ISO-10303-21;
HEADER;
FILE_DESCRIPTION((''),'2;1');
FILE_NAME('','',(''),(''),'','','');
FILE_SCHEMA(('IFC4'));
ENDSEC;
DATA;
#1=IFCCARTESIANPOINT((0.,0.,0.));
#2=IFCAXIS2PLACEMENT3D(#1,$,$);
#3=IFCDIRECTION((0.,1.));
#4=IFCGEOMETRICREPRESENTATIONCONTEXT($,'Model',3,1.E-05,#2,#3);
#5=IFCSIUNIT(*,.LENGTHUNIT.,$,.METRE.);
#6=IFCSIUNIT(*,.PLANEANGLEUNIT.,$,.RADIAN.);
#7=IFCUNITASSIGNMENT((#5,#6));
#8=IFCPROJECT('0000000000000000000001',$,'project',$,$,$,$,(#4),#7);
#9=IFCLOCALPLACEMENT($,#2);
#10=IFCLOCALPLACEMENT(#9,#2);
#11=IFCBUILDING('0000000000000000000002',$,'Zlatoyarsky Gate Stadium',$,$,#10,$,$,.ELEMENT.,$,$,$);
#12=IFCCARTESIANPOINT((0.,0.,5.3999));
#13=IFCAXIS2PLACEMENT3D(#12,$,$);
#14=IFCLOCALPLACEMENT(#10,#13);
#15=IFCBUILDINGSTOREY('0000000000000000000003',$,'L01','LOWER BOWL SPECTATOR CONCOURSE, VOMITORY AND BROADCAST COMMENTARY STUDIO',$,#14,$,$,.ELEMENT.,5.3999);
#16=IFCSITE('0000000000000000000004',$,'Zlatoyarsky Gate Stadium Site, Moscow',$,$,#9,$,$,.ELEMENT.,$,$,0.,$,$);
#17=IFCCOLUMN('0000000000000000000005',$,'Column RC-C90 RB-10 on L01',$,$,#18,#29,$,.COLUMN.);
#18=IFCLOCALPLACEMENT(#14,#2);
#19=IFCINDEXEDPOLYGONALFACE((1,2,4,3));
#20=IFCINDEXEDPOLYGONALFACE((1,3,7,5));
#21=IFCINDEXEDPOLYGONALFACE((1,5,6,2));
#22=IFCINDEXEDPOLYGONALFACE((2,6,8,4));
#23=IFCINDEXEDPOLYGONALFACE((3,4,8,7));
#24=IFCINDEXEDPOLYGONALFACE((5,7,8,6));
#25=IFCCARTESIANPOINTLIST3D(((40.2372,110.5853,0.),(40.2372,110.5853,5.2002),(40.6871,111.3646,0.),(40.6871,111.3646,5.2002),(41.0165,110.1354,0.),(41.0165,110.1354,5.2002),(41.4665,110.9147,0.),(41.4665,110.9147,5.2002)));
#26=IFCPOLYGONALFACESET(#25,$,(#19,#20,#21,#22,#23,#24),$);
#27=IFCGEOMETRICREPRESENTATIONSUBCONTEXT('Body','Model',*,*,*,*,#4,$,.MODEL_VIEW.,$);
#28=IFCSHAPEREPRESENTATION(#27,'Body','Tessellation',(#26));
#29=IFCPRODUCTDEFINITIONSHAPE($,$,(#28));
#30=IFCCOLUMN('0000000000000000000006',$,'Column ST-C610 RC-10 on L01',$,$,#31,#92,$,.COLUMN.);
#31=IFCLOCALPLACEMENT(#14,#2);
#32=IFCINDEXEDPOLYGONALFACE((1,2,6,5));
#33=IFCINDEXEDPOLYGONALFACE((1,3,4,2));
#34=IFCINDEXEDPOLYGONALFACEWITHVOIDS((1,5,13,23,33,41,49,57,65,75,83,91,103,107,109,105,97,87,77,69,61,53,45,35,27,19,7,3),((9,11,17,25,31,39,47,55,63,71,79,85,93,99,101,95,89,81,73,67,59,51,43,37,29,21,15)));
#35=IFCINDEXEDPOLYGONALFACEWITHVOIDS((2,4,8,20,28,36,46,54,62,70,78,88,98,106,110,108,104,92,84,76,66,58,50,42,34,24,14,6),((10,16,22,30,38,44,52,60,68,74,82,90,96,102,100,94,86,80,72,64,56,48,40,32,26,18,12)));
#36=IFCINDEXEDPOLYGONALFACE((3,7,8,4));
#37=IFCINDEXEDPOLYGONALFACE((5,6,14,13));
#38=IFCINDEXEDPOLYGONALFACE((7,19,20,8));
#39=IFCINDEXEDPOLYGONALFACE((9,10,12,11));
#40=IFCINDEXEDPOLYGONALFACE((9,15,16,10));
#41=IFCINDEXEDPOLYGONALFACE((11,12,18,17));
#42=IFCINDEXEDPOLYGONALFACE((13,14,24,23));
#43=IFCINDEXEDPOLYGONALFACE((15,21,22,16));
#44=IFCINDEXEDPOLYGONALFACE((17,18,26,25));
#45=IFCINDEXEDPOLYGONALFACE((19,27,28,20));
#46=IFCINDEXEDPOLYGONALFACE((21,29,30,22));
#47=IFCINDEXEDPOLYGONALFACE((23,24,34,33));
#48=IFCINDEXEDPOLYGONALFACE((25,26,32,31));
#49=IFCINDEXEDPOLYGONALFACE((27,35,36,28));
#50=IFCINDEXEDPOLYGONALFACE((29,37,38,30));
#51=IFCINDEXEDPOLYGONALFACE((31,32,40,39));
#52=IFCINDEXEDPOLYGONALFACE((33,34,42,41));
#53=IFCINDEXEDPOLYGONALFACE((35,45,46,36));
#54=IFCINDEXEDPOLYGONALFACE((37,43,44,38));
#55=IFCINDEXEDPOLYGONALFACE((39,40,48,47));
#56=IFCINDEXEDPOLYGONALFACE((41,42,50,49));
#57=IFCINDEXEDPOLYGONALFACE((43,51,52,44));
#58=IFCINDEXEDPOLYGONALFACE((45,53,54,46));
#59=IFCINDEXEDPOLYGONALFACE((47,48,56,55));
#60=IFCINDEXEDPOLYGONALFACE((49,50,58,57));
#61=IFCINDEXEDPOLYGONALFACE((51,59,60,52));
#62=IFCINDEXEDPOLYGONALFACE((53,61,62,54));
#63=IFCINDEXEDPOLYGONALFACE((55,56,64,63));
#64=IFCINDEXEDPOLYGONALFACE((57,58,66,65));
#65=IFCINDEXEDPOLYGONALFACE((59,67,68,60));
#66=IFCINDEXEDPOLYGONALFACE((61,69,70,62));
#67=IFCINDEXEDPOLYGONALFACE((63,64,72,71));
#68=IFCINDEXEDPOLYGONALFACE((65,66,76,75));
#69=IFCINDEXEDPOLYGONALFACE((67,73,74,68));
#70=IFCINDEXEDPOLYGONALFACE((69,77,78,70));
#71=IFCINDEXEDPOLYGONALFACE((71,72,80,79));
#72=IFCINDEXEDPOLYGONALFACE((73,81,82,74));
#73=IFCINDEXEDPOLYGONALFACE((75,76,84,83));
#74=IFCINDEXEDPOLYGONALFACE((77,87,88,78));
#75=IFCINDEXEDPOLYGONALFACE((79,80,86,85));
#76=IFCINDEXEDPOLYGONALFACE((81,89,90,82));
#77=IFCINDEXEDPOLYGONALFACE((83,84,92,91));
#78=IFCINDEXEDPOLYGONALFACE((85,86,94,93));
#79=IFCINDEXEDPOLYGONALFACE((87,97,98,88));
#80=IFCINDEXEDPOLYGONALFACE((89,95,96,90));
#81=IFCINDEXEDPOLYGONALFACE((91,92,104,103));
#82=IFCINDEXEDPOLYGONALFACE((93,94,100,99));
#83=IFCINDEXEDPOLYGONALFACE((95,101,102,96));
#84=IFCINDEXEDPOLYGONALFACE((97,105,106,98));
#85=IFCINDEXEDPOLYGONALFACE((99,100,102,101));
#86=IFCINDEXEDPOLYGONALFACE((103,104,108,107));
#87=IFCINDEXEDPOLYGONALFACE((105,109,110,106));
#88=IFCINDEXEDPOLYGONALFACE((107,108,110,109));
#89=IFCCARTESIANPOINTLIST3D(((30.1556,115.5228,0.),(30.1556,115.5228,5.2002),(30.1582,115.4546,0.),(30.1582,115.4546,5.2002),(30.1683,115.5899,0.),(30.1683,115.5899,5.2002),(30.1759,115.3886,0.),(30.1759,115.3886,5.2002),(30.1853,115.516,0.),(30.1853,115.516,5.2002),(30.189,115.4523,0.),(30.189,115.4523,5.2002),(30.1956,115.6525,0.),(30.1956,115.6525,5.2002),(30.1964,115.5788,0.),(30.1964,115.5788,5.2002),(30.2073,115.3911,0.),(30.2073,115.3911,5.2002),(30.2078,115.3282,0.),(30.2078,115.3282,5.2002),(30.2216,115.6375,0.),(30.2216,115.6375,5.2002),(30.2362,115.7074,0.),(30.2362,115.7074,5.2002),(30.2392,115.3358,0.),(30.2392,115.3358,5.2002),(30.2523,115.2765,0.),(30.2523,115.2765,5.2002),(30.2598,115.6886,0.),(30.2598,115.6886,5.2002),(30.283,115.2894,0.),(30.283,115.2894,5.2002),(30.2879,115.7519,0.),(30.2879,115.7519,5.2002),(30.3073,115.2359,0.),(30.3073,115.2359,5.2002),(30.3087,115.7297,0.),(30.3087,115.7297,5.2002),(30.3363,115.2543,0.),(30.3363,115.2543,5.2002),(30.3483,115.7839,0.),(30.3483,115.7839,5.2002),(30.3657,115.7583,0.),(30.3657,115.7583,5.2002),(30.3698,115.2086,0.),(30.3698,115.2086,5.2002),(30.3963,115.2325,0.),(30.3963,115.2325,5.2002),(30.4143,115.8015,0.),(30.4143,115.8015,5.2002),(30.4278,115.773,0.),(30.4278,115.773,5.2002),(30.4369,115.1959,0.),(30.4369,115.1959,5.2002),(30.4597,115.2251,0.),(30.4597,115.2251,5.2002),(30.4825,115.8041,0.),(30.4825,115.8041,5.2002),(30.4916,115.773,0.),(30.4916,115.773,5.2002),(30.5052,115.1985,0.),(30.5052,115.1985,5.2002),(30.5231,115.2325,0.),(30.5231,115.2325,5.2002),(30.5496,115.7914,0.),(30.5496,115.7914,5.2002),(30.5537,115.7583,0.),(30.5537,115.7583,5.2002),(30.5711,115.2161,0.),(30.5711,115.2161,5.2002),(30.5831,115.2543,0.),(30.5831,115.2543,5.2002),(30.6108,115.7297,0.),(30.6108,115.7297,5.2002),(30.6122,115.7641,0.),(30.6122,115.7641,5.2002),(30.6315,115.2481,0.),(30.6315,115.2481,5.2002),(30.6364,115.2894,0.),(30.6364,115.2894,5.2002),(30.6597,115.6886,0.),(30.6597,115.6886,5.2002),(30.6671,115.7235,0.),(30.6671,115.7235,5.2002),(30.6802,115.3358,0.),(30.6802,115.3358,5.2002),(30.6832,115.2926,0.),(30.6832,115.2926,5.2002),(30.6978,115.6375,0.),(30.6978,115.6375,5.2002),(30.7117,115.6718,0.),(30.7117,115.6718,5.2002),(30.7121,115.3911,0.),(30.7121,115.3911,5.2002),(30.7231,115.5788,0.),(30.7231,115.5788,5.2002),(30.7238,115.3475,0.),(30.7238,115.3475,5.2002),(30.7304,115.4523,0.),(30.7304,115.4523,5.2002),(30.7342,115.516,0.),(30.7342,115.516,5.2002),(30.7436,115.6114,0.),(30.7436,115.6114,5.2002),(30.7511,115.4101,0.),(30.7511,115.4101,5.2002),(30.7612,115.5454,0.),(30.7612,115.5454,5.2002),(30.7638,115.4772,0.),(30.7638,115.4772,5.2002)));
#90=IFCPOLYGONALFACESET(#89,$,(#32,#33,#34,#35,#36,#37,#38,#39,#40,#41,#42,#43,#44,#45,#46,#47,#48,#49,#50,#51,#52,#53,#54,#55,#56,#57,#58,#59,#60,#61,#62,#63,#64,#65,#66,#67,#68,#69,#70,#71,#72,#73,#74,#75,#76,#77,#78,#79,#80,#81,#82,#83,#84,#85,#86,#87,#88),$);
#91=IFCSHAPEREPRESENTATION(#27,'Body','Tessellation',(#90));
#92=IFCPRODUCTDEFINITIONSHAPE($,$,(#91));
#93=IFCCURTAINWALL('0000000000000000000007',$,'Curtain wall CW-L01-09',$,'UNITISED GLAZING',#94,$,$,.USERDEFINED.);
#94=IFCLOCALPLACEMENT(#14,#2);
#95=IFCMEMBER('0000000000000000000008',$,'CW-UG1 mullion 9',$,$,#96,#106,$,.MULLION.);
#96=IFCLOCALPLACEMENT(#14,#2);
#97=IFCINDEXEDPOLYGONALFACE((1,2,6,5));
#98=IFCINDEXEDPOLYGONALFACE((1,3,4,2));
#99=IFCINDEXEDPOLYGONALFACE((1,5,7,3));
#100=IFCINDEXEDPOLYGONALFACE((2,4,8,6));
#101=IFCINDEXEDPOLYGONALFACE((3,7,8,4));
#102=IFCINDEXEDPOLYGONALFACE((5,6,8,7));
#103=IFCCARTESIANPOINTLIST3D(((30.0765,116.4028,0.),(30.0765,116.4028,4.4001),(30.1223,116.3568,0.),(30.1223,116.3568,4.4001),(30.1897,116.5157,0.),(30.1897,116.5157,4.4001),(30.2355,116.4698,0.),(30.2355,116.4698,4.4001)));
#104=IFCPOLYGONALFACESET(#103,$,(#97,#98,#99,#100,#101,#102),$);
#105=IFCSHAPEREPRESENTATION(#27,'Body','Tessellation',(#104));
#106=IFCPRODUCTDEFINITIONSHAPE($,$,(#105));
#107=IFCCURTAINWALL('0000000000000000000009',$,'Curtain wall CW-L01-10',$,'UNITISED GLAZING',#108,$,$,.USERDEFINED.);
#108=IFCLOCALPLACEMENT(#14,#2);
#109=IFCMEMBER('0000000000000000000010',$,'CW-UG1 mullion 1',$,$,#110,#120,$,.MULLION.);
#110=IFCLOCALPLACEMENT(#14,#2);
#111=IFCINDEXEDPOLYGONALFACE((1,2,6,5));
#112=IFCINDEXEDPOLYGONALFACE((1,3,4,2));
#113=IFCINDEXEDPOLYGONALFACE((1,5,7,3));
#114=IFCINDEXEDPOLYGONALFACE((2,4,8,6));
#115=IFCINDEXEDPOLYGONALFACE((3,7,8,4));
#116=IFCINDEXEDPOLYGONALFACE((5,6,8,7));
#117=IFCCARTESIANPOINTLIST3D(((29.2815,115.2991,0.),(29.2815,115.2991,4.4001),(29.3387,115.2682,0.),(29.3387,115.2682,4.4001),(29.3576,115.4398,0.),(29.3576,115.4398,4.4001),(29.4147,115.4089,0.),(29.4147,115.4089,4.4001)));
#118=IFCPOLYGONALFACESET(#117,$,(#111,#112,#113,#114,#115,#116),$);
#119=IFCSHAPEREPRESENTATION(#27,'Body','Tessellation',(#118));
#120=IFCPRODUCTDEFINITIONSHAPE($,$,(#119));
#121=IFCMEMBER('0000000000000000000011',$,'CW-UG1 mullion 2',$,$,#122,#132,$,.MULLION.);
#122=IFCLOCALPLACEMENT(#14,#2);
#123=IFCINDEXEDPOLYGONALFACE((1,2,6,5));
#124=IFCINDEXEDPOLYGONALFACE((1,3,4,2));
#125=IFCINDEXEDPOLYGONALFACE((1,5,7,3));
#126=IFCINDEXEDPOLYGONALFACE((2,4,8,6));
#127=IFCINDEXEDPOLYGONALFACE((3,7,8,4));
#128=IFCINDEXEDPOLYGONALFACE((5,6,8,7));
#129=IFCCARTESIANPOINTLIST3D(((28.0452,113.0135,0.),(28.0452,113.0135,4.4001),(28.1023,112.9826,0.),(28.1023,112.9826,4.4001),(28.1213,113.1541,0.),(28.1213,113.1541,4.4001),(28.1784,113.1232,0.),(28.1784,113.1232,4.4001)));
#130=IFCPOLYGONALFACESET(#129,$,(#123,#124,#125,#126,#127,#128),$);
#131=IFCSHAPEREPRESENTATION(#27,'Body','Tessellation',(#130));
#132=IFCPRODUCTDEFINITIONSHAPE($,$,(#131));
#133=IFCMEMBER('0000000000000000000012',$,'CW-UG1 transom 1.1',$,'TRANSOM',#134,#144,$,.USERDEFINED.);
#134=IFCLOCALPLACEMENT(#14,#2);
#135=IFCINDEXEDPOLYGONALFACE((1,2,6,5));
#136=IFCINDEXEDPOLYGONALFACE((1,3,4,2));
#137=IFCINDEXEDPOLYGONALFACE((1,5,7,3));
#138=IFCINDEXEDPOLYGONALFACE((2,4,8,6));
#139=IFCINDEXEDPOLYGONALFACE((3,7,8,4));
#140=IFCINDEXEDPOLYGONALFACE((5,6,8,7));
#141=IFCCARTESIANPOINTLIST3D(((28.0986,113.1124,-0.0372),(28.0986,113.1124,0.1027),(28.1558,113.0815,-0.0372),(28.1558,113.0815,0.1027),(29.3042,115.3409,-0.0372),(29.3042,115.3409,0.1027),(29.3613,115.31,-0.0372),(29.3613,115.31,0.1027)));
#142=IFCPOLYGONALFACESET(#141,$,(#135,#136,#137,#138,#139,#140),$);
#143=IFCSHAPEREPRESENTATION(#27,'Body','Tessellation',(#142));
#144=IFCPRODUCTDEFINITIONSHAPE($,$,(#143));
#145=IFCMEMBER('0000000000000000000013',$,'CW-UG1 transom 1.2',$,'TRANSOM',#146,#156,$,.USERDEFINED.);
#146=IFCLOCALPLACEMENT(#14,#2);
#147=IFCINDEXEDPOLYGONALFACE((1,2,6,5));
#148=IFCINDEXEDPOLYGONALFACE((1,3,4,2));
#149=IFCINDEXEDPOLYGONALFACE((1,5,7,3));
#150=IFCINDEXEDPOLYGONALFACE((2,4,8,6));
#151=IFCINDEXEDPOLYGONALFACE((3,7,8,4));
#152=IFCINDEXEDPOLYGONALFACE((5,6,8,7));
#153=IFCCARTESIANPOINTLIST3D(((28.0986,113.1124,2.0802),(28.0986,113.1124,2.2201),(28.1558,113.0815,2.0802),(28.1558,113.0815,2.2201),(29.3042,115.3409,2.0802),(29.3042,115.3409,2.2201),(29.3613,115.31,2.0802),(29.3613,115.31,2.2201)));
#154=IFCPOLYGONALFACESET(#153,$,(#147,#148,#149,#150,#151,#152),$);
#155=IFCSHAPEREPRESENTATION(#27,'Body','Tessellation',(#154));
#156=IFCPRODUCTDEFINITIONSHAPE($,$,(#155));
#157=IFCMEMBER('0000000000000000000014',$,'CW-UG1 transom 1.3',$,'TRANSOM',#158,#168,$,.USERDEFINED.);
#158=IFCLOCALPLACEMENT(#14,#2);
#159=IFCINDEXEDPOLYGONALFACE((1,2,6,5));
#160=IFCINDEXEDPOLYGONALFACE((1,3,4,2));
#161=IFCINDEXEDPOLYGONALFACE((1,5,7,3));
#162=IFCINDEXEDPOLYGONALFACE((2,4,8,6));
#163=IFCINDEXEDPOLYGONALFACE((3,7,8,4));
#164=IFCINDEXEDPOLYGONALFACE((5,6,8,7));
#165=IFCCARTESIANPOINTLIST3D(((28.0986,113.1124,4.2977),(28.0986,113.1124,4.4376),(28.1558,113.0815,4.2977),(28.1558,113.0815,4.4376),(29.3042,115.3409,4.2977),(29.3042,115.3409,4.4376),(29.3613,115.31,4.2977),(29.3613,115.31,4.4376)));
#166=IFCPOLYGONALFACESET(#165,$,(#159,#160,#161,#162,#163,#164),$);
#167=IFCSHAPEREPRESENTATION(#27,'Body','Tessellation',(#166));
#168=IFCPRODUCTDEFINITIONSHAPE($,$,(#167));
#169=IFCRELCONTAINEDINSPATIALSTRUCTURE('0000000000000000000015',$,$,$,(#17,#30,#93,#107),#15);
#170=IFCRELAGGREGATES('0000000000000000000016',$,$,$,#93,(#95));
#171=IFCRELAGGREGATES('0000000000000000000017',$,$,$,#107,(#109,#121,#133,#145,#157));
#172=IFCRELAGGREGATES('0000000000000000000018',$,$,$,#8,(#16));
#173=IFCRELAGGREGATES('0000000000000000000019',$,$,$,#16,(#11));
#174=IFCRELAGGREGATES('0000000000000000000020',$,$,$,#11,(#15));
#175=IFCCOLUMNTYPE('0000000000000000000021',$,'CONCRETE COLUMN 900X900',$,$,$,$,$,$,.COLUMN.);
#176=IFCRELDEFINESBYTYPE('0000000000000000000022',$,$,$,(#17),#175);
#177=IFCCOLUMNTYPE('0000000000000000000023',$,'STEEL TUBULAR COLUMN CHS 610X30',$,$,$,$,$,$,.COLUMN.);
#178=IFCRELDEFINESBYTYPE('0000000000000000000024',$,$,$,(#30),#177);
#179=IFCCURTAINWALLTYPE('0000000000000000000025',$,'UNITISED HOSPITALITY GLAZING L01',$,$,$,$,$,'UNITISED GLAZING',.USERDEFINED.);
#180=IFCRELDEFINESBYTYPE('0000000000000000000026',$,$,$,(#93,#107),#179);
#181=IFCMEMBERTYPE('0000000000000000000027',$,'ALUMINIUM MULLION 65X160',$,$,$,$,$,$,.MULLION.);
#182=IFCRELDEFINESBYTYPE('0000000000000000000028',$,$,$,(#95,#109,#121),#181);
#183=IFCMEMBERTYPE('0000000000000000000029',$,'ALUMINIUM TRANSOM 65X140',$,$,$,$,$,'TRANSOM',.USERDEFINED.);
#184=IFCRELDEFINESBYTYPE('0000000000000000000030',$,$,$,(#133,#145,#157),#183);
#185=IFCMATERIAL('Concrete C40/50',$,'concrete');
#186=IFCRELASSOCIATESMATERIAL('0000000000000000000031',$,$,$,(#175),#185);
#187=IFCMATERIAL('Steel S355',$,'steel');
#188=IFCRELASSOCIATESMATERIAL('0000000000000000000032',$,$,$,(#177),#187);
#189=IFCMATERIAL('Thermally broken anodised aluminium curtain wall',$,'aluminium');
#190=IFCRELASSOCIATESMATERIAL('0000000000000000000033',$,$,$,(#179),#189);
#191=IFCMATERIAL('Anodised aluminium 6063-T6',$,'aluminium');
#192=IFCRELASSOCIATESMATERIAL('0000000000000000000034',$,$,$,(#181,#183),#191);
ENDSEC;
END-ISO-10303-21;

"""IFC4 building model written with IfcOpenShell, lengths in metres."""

from ifc_helpers import new_model, si_unit, direction, frame, origin, origin_2d, place, context, subcontext, project, spatial, rectangle, hollow_circle, extrude, material, material_profile, profile_set, type_object, element, aggregate, save


model = new_model("IFC4")

# Units and contexts
model_context = context("Model", 3, precision=1e-05, world=origin(), true_north=direction((0.0, 1.0)))
body_context = subcontext(model_context, "Body", "Model", "MODEL_VIEW")
ifc_project = project(units=[si_unit("LENGTHUNIT", "METRE"), si_unit("PLANEANGLEUNIT", "RADIAN")], contexts=[model_context])

# Site, building, storey
site_placement = place(None, origin())
site = spatial("IfcSite", under=ifc_project, at=site_placement, Name="Zlatoyarsky Gate Stadium Site, Moscow", CompositionType="ELEMENT", RefElevation=0.0)
building_placement = place(site_placement, origin())
building = spatial("IfcBuilding", under=site, at=building_placement, Name="Zlatoyarsky Gate Stadium", CompositionType="ELEMENT")
storey_placement = place(building_placement, frame((0.0, 0.0, 5.3999)))
storey = spatial("IfcBuildingStorey", under=building, at=storey_placement, Name="L01", Description="LOWER BOWL SPECTATOR CONCOURSE, VOMITORY AND BROADCAST COMMENTARY STUDIO", CompositionType="ELEMENT", Elevation=5.3999)

# Columns
ifc_material_1 = material(Name="Concrete C40/50", Category="concrete")
ifc_material_profile_1 = material_profile(ifc_material_1, rectangle(XDim=0.8999, YDim=0.8999, at=origin_2d()), Name="RC COL 900X900")
ifc_profile_set_1 = profile_set([ifc_material_profile_1], Name="Concrete C40/50")
column_type_1 = type_object("IfcColumnType", Name="CONCRETE COLUMN 900X900", PredefinedType="COLUMN", material=ifc_profile_set_1)
column_1_placement = place(storey_placement, frame((40.8518, 110.75, 0.0), z_axis=(0.0, 0.0, 1.0), x_axis=(-0.866025, 0.5, 0.0)))
element("IfcColumn", 1, at=column_1_placement, inside=storey, type_object=column_type_1, Name="Column RC-C90 RB-10 on L01", PredefinedType="COLUMN", context=body_context, shape_type="SweptSolid", body=[
    extrude(rectangle(XDim=0.8999, YDim=0.8999, at=origin_2d()), origin(), (0.0, 0.0, 1.0), 5.2002),
])
ifc_material_2 = material(Name="Steel S355", Category="steel")
ifc_material_profile_2 = material_profile(ifc_material_2, hollow_circle(Radius=0.3049, WallThickness=0.03, at=origin_2d()), Name="CHS 610X30")
ifc_profile_set_2 = profile_set([ifc_material_profile_2], Name="Steel S355")
column_type_2 = type_object("IfcColumnType", Name="STEEL TUBULAR COLUMN CHS 610X30", PredefinedType="COLUMN", material=ifc_profile_set_2)
column_2_placement = place(storey_placement, frame((30.4597, 115.5, 0.0), z_axis=(0.0, 0.0, 1.0), x_axis=(-0.866025, 0.5, 0.0)))
element("IfcColumn", 2, at=column_2_placement, inside=storey, type_object=column_type_2, Name="Column ST-C610 RC-10 on L01", PredefinedType="COLUMN", context=body_context, shape_type="SweptSolid", body=[
    extrude(hollow_circle(Radius=0.3049, WallThickness=0.03, at=origin_2d()), origin(), (0.0, 0.0, 1.0), 5.2002),
])

# Curtain wall, member
ifc_material_3 = material(Name="Thermally broken anodised aluminium curtain wall", Category="aluminium")
curtain_wall_type = type_object("IfcCurtainWallType", Name="UNITISED HOSPITALITY GLAZING L01", ElementType="UNITISED GLAZING", PredefinedType="USERDEFINED", material=ifc_material_3)
curtain_wall_1_placement = place(storey_placement, origin())
curtain_wall_1 = element("IfcCurtainWall", 3, at=curtain_wall_1_placement, inside=storey, type_object=curtain_wall_type, Name="Curtain wall CW-L01-09", ObjectType="UNITISED GLAZING", PredefinedType="USERDEFINED")
ifc_material_4 = material(Name="Anodised aluminium 6063-T6", Category="aluminium")
ifc_material_profile_3 = material_profile(ifc_material_4, rectangle(XDim=0.0649, YDim=0.1599, at=origin_2d()), Name="ALU 65X160")
ifc_profile_set_3 = profile_set([ifc_material_profile_3], Name="Anodised aluminium 6063-T6")
member_type_1 = type_object("IfcMemberType", Name="ALUMINIUM MULLION 65X160", PredefinedType="MULLION", material=ifc_profile_set_3)
member_1_placement = place(storey_placement, frame((30.156, 116.4363, 0.0), z_axis=(0.0, 0.0, 1.0), x_axis=(0.706371, -0.707842, 0.0)))
member_1 = element("IfcMember", 4, at=member_1_placement, type_object=member_type_1, Name="CW-UG1 mullion 9", PredefinedType="MULLION", context=body_context, shape_type="SweptSolid", body=[
    extrude(rectangle(XDim=0.0649, YDim=0.1599, at=origin_2d()), origin(), (0.0, 0.0, 1.0), 4.4001),
])
aggregate(curtain_wall_1, [member_1])

# Curtain wall, members
curtain_wall_2_placement = place(storey_placement, origin())
curtain_wall_2 = element("IfcCurtainWall", 5, at=curtain_wall_2_placement, inside=storey, type_object=curtain_wall_type, Name="Curtain wall CW-L01-10", ObjectType="UNITISED GLAZING", PredefinedType="USERDEFINED")
member_2_placement = place(storey_placement, frame((29.3481, 115.354, 0.0), z_axis=(0.0, 0.0, 1.0), x_axis=(0.879562, -0.475784, 0.0)))
member_2 = element("IfcMember", 6, at=member_2_placement, type_object=member_type_1, Name="CW-UG1 mullion 1", PredefinedType="MULLION", context=body_context, shape_type="SweptSolid", body=[
    extrude(rectangle(XDim=0.0649, YDim=0.1599, at=origin_2d()), origin(), (0.0, 0.0, 1.0), 4.4001),
])
member_3_placement = place(storey_placement, frame((28.1118, 113.0684, 0.0), z_axis=(0.0, 0.0, 1.0), x_axis=(0.879562, -0.475784, 0.0)))
member_3 = element("IfcMember", 7, at=member_3_placement, type_object=member_type_1, Name="CW-UG1 mullion 2", PredefinedType="MULLION", context=body_context, shape_type="SweptSolid", body=[
    extrude(rectangle(XDim=0.0649, YDim=0.1599, at=origin_2d()), origin(), (0.0, 0.0, 1.0), 4.4001),
])
ifc_material_profile_4 = material_profile(ifc_material_4, rectangle(XDim=0.0649, YDim=0.1399, at=origin_2d()), Name="ALU 65X140")
ifc_profile_set_4 = profile_set([ifc_material_profile_4], Name="Anodised aluminium 6063-T6")
member_type_2 = type_object("IfcMemberType", Name="ALUMINIUM TRANSOM 65X140", ElementType="TRANSOM", PredefinedType="USERDEFINED", material=ifc_profile_set_4)
member_4_placement = place(storey_placement, frame((29.3328, 115.3254, 0.0327), z_axis=(-0.475811, -0.879547, 0.0), x_axis=(0.879547, -0.475811, 0.0)))
member_4 = element("IfcMember", 8, at=member_4_placement, type_object=member_type_2, Name="CW-UG1 transom 1.1", ObjectType="TRANSOM", PredefinedType="USERDEFINED", context=body_context, shape_type="SweptSolid", body=[
    extrude(rectangle(XDim=0.0649, YDim=0.1399, at=origin_2d()), origin(), (0.0, 0.0, 1.0), 2.5337),
])
member_5_placement = place(storey_placement, frame((29.3328, 115.3254, 2.1501), z_axis=(-0.475811, -0.879547, 0.0), x_axis=(0.879547, -0.475811, 0.0)))
member_5 = element("IfcMember", 9, at=member_5_placement, type_object=member_type_2, Name="CW-UG1 transom 1.2", ObjectType="TRANSOM", PredefinedType="USERDEFINED", context=body_context, shape_type="SweptSolid", body=[
    extrude(rectangle(XDim=0.0649, YDim=0.1399, at=origin_2d()), origin(), (0.0, 0.0, 1.0), 2.5337),
])
member_6_placement = place(storey_placement, frame((29.3328, 115.3254, 4.3677), z_axis=(-0.475811, -0.879547, 0.0), x_axis=(0.879547, -0.475811, 0.0)))
member_6 = element("IfcMember", 10, at=member_6_placement, type_object=member_type_2, Name="CW-UG1 transom 1.3", ObjectType="TRANSOM", PredefinedType="USERDEFINED", context=body_context, shape_type="SweptSolid", body=[
    extrude(rectangle(XDim=0.0649, YDim=0.1399, at=origin_2d()), origin(), (0.0, 0.0, 1.0), 2.5337),
])

aggregate(curtain_wall_2, [member_2, member_3, member_4, member_5, member_6])

save(model, "model.ifc")
